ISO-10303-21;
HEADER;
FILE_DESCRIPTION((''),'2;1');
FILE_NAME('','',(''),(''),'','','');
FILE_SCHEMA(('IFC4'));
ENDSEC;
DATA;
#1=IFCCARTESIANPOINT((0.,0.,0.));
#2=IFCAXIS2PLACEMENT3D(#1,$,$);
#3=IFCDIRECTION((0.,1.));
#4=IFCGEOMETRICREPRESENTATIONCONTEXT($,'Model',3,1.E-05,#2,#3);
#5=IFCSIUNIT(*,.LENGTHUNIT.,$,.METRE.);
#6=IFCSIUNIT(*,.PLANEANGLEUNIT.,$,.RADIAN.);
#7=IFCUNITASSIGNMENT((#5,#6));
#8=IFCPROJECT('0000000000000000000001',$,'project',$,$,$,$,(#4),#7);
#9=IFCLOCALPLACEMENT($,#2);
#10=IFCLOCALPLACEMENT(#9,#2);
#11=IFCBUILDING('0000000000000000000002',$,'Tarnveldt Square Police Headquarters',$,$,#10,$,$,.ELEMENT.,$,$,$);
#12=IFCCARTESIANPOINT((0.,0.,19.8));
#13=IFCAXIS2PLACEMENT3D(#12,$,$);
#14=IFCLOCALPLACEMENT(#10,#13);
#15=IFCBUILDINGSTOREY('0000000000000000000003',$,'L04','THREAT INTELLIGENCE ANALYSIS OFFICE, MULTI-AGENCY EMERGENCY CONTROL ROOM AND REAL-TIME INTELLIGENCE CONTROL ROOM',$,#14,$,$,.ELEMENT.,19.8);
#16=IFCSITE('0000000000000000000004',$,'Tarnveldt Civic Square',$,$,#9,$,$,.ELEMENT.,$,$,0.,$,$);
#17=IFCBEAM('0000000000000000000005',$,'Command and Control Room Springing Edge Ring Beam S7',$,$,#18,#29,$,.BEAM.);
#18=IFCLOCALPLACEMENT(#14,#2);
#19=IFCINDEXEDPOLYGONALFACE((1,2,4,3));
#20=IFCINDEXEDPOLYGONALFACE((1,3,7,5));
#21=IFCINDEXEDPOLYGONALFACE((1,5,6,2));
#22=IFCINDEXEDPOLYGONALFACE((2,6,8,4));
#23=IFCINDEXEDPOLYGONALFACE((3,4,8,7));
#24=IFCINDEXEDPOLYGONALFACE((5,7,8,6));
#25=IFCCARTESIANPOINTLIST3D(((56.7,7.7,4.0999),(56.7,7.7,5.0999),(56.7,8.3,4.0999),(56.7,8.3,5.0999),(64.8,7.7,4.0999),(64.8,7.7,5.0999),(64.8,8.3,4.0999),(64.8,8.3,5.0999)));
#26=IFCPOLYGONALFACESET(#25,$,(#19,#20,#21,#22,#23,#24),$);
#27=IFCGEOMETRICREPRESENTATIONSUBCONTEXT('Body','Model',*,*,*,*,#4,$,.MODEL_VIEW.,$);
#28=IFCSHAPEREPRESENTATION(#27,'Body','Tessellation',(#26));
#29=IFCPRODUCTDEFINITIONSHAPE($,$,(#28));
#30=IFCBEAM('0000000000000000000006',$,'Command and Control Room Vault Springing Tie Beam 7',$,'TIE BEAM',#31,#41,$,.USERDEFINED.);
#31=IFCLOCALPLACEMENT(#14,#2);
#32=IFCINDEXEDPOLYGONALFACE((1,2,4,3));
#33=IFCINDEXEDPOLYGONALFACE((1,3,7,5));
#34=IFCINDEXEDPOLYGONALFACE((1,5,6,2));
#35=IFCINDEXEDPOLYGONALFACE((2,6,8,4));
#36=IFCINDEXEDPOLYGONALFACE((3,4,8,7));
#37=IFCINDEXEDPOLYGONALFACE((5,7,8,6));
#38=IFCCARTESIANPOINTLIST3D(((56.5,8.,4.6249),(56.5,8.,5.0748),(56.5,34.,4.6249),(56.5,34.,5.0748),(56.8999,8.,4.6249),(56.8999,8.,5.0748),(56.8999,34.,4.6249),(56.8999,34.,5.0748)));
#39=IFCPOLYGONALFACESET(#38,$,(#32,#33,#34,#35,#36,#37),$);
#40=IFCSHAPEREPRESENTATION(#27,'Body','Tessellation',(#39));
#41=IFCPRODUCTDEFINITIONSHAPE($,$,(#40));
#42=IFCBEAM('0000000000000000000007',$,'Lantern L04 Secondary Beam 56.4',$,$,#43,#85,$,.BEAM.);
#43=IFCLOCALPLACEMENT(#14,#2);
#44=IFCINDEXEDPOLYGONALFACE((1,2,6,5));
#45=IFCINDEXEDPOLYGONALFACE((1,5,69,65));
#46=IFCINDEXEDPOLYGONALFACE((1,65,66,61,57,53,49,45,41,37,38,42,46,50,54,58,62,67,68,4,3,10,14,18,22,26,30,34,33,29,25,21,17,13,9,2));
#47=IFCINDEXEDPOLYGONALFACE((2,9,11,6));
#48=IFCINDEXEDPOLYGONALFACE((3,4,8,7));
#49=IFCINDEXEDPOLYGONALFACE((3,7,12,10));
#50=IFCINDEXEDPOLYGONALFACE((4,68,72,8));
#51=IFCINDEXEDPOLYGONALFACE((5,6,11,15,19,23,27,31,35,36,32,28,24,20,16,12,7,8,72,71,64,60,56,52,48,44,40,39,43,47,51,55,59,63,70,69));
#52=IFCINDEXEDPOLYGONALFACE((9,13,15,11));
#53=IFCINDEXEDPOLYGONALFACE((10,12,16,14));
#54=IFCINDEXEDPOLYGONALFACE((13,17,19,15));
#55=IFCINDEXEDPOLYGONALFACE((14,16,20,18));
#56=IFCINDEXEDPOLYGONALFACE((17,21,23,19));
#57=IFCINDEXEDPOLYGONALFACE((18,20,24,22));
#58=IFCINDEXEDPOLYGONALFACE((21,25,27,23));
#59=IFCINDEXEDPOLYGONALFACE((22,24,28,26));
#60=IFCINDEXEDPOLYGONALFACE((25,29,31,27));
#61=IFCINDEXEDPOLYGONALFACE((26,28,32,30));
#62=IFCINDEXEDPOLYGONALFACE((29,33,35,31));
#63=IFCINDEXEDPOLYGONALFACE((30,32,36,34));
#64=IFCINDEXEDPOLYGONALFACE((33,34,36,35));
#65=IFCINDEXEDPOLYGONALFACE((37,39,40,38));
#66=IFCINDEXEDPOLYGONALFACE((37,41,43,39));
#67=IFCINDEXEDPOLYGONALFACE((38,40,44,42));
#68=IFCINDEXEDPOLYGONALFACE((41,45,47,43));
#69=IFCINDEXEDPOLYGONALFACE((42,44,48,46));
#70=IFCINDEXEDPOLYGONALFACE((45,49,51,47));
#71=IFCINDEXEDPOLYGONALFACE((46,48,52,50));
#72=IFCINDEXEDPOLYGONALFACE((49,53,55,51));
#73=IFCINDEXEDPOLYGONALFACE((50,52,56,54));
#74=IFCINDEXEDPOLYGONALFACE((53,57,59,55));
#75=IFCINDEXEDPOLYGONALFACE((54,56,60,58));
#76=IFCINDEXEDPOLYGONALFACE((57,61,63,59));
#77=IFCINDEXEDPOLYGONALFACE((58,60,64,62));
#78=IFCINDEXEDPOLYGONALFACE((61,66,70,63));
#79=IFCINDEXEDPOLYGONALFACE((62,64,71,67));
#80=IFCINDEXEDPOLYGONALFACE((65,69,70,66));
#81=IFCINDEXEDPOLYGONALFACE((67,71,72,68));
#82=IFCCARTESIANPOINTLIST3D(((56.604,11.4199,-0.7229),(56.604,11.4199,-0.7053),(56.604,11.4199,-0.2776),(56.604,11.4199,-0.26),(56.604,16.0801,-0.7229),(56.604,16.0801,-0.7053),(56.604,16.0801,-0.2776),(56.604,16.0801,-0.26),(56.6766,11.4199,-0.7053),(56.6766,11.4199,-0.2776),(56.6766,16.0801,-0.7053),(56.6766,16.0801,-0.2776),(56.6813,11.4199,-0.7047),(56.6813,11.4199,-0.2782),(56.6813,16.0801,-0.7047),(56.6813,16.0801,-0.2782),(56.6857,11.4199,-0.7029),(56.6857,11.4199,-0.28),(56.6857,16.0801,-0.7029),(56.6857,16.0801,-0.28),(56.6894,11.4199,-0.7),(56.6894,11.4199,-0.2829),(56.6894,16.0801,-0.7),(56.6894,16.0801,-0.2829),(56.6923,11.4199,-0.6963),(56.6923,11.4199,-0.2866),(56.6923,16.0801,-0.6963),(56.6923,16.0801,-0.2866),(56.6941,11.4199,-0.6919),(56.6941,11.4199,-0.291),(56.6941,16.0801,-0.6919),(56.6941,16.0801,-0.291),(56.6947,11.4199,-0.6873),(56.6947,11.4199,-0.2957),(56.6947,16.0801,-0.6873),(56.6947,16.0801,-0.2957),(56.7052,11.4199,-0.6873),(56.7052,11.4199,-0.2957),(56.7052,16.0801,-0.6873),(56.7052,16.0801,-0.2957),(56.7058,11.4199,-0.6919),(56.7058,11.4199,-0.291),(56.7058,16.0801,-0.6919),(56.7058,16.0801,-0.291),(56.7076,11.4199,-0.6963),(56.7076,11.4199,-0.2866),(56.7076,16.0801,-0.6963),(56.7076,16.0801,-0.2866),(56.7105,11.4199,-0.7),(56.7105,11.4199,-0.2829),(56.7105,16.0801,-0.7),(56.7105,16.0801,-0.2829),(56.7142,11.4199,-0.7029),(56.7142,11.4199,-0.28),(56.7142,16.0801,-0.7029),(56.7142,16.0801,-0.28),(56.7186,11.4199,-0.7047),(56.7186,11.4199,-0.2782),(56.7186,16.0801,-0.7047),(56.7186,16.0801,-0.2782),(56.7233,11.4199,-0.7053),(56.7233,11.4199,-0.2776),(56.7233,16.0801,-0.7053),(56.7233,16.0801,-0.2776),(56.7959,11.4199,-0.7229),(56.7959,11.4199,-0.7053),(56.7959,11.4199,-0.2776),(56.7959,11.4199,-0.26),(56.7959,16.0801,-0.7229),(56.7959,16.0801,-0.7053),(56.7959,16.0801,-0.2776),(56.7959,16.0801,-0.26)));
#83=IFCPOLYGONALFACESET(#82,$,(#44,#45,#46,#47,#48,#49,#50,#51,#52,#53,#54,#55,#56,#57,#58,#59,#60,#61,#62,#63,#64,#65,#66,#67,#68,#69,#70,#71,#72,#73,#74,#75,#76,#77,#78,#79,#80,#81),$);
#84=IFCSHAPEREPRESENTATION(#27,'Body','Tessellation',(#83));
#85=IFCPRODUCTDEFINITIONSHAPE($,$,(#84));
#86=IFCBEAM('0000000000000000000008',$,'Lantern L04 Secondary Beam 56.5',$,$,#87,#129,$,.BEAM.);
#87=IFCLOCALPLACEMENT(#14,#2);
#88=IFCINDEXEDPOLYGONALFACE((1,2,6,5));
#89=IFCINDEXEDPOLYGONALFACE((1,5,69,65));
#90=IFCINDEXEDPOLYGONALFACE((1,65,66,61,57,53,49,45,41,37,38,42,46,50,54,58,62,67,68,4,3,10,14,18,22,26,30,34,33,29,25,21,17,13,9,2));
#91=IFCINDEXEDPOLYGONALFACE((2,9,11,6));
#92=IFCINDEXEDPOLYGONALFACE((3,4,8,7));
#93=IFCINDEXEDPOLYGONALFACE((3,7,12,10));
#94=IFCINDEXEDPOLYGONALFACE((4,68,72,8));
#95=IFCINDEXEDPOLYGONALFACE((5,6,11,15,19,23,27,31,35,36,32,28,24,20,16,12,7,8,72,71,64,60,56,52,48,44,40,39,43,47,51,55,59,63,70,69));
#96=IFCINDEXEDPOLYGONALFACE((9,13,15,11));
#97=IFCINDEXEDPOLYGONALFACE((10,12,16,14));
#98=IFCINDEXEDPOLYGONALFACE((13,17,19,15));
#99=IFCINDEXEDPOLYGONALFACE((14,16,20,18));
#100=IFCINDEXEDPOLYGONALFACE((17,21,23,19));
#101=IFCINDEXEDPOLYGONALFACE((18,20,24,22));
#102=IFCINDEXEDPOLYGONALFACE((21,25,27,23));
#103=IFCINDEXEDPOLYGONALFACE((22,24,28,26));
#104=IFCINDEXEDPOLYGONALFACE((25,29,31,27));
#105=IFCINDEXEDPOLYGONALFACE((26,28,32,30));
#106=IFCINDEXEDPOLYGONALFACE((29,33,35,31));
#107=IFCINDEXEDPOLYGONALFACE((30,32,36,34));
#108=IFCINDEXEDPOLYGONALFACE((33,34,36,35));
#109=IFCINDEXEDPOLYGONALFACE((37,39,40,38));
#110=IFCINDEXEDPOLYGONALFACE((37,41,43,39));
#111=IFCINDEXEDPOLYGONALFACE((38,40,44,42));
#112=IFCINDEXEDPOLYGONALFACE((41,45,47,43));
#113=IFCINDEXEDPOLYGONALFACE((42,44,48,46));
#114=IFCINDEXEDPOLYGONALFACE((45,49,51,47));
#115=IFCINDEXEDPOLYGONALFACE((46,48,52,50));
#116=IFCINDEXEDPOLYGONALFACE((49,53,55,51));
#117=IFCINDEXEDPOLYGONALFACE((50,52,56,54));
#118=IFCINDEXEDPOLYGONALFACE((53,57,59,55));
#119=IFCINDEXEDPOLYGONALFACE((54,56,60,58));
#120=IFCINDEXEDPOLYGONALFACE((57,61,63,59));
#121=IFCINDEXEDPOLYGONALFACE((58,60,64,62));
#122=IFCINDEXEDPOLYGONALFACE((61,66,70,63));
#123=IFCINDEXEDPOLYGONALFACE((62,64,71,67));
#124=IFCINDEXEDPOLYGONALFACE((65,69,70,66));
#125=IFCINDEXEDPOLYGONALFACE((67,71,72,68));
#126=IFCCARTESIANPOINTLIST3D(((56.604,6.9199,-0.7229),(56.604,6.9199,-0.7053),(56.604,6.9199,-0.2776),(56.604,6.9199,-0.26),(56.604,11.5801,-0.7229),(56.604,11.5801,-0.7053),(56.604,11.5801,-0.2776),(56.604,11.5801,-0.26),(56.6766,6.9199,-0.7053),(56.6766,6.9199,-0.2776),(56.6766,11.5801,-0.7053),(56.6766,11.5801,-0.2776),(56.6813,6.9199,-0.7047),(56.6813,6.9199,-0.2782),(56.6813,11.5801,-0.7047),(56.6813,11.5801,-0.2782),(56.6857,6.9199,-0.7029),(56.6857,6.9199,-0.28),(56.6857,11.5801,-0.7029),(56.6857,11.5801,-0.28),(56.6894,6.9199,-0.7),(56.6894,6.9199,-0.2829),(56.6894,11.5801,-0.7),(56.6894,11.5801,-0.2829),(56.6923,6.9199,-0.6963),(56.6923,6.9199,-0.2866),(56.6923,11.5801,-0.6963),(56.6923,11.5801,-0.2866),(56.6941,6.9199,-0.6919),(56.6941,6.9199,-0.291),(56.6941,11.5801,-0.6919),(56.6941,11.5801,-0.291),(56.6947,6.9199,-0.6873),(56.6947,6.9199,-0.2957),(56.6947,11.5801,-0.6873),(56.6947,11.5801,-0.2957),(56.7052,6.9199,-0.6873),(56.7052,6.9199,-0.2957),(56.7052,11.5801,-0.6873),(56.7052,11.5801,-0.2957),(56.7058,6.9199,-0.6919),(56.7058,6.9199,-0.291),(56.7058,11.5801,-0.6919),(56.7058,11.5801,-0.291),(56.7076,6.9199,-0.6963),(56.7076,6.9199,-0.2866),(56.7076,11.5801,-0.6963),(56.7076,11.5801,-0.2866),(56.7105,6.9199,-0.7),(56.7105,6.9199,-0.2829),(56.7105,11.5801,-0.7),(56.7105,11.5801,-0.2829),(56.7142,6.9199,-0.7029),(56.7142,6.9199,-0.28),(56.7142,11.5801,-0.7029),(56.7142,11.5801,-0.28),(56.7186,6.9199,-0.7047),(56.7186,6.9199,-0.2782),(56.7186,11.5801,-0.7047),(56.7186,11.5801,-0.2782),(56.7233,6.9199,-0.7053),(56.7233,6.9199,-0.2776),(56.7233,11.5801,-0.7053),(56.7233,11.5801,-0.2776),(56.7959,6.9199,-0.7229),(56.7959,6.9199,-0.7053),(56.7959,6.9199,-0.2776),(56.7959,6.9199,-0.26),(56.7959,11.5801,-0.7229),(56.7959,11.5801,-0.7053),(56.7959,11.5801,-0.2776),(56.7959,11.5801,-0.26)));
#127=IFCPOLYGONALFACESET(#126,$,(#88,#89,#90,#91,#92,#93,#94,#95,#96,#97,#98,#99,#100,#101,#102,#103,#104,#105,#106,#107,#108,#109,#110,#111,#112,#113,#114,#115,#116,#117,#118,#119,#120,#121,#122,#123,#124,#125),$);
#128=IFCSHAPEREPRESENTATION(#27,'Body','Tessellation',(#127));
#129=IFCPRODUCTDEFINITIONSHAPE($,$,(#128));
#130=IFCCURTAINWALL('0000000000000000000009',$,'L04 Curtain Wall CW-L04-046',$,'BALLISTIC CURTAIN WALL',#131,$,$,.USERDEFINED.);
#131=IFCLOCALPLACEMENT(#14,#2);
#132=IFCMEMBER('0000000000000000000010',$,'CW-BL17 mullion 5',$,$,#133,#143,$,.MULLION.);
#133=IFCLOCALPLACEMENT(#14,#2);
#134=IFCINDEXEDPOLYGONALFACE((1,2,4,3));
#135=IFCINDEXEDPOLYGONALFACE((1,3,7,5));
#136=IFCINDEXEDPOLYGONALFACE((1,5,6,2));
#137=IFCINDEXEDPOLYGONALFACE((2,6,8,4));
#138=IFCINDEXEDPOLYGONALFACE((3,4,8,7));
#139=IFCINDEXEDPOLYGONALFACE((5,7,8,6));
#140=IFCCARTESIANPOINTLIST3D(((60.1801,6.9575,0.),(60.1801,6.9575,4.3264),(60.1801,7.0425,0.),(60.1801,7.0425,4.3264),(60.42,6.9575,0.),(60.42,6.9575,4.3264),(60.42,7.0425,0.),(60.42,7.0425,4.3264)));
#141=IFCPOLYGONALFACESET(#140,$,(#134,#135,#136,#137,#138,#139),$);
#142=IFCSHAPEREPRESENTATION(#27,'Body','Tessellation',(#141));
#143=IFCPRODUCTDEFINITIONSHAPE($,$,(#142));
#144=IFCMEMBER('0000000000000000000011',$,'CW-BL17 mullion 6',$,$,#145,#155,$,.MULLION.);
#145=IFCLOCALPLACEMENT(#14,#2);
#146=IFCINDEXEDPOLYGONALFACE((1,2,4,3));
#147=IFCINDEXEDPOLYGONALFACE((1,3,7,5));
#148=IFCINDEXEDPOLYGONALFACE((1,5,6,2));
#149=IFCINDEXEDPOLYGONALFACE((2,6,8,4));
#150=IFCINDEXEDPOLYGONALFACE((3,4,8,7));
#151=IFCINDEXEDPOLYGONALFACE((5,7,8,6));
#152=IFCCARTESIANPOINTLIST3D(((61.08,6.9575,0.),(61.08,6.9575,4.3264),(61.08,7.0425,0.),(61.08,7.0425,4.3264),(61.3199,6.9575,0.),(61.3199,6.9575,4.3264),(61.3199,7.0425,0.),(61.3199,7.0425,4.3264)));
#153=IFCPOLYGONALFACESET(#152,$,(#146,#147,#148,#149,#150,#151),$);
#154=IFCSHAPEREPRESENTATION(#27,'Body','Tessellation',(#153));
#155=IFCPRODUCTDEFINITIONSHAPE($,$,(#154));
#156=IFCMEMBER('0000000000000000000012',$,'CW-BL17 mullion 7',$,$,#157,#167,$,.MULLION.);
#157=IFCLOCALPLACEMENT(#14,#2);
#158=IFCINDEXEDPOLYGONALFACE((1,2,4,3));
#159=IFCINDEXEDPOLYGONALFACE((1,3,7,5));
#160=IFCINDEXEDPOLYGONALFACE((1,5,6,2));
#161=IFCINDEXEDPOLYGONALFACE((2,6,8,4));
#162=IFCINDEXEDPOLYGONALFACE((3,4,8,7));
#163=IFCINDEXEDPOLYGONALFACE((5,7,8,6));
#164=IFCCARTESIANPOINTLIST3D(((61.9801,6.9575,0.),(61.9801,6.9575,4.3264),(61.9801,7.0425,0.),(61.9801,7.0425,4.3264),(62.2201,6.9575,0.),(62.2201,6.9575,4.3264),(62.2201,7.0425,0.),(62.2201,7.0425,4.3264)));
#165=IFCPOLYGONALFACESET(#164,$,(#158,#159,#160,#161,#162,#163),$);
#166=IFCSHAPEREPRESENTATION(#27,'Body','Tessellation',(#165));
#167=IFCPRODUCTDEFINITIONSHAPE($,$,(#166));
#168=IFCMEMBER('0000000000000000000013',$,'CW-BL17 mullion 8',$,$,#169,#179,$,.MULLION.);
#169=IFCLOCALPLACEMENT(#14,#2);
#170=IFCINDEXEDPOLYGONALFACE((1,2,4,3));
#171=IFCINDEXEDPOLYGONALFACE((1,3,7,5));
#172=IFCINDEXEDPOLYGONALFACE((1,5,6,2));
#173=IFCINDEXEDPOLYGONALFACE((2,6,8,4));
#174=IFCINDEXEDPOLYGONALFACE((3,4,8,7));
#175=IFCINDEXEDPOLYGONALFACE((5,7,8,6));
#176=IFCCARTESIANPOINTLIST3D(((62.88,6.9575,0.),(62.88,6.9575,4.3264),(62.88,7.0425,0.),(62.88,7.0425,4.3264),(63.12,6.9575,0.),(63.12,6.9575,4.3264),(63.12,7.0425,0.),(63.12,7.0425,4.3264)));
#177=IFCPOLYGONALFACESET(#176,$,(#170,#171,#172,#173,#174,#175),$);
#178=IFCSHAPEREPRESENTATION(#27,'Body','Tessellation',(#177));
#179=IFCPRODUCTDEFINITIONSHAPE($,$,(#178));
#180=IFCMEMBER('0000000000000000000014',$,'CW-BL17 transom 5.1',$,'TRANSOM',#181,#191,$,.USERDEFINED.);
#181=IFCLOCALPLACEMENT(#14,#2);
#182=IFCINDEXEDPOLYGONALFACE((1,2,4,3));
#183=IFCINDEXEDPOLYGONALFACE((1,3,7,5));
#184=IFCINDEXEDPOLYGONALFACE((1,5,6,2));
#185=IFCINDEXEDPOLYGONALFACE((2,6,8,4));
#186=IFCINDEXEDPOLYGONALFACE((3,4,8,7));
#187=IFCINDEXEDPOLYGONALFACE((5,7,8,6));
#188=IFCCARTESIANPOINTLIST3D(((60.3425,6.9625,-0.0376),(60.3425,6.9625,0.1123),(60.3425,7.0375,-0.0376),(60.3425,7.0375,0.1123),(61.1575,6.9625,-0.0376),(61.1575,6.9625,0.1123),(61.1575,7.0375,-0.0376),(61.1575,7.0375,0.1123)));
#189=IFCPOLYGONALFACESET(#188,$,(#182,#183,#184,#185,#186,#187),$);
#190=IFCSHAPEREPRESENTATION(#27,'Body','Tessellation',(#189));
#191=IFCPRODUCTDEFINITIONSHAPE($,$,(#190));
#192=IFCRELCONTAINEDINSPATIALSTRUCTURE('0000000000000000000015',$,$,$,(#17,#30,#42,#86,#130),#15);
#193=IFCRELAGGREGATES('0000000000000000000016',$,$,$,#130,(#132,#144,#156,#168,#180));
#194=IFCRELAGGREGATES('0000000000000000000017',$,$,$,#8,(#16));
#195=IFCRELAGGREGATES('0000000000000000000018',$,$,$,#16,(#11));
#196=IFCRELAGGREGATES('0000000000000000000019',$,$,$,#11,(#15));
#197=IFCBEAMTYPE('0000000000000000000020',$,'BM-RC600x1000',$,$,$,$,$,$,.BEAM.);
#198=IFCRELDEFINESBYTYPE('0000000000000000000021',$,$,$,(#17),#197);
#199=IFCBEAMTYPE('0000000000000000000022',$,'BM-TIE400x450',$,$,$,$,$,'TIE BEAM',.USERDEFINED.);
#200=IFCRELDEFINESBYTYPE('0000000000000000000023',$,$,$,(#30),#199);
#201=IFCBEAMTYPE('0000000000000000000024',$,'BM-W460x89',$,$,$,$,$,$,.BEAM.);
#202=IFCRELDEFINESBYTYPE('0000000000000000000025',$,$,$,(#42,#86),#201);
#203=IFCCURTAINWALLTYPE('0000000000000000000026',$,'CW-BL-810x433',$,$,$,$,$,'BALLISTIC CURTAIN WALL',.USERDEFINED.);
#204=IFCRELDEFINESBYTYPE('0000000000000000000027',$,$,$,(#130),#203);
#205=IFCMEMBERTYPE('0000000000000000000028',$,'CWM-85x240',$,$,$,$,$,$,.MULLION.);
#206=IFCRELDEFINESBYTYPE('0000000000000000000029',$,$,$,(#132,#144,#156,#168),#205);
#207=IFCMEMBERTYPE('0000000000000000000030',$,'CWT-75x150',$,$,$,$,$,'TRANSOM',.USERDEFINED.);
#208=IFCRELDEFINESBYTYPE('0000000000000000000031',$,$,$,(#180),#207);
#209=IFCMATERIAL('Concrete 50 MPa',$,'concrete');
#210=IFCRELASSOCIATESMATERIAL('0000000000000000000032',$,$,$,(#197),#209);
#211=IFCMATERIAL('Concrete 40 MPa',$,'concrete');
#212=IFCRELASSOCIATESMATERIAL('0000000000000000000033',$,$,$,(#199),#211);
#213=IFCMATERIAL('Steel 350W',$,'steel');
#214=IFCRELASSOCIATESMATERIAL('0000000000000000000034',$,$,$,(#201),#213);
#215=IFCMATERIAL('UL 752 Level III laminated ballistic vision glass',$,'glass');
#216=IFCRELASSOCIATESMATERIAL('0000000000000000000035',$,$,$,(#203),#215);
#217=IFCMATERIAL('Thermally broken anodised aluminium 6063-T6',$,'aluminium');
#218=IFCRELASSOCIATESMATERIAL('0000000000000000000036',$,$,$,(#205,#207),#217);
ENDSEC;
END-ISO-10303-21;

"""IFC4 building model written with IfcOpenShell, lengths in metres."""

from ifc_helpers import new_model, si_unit, direction, frame, origin, origin_2d, place, context, subcontext, project, spatial, rectangle, i_section, extrude, material, material_profile, profile_set, type_object, element, aggregate, save


model = new_model("IFC4")

# Units and contexts
model_context = context("Model", 3, precision=1e-05, world=origin(), true_north=direction((0.0, 1.0)))
body_context = subcontext(model_context, "Body", "Model", "MODEL_VIEW")
ifc_project = project(units=[si_unit("LENGTHUNIT", "METRE"), si_unit("PLANEANGLEUNIT", "RADIAN")], contexts=[model_context])

# Site, building, storey
site_placement = place(None, origin())
site = spatial("IfcSite", under=ifc_project, at=site_placement, Name="Tarnveldt Civic Square", CompositionType="ELEMENT", RefElevation=0.0)
building_placement = place(site_placement, origin())
building = spatial("IfcBuilding", under=site, at=building_placement, Name="Tarnveldt Square Police Headquarters", CompositionType="ELEMENT")
storey_placement = place(building_placement, frame((0.0, 0.0, 19.8)))
storey = spatial("IfcBuildingStorey", under=building, at=storey_placement, Name="L04", Description="THREAT INTELLIGENCE ANALYSIS OFFICE, MULTI-AGENCY EMERGENCY CONTROL ROOM AND REAL-TIME INTELLIGENCE CONTROL ROOM", CompositionType="ELEMENT", Elevation=19.8)

# Beams
ifc_material_1 = material(Name="Concrete 50 MPa", Category="concrete")
ifc_material_profile_1 = material_profile(ifc_material_1, rectangle(XDim=0.6001, YDim=1.0, at=origin_2d()), Name="RC-B600x1000")
ifc_profile_set_1 = profile_set([ifc_material_profile_1], Name="Concrete 50 MPa")
beam_type_1 = type_object("IfcBeamType", Name="BM-RC600x1000", PredefinedType="BEAM", material=ifc_profile_set_1)
beam_1_placement = place(storey_placement, frame((56.7, 8.0, 4.5999), z_axis=(1.0, 0.0, 0.0), x_axis=(0.0, 1.0, 0.0)))
element("IfcBeam", 1, at=beam_1_placement, inside=storey, type_object=beam_type_1, Name="Command and Control Room Springing Edge Ring Beam S7", PredefinedType="BEAM", context=body_context, shape_type="SweptSolid", body=[
    extrude(rectangle(XDim=0.6001, YDim=1.0, at=origin_2d()), origin(), (0.0, 0.0, 1.0), 8.1001),
])
ifc_material_2 = material(Name="Concrete 40 MPa", Category="concrete")
ifc_material_profile_2 = material_profile(ifc_material_2, rectangle(XDim=0.3999, YDim=0.45, at=origin_2d()), Name="RC-TIE400x450")
ifc_profile_set_2 = profile_set([ifc_material_profile_2], Name="Concrete 40 MPa")
beam_type_2 = type_object("IfcBeamType", Name="BM-TIE400x450", ElementType="TIE BEAM", PredefinedType="USERDEFINED", material=ifc_profile_set_2)
beam_2_placement = place(storey_placement, frame((56.7, 8.0, 4.8499), z_axis=(0.0, 1.0, 0.0), x_axis=(-1.0, 0.0, 0.0)))
element("IfcBeam", 2, at=beam_2_placement, inside=storey, type_object=beam_type_2, Name="Command and Control Room Vault Springing Tie Beam 7", ObjectType="TIE BEAM", PredefinedType="USERDEFINED", context=body_context, shape_type="SweptSolid", body=[
    extrude(rectangle(XDim=0.3999, YDim=0.45, at=origin_2d()), origin(), (0.0, 0.0, 1.0), 26.0),
])
ifc_material_3 = material(Name="Steel 350W", Category="steel")
ifc_material_profile_3 = material_profile(ifc_material_3, i_section(OverallWidth=0.1919, OverallDepth=0.4629, WebThickness=0.0105, FlangeThickness=0.0176, FilletRadius=0.0181, at=origin_2d()), Name="W460x89")
ifc_profile_set_3 = profile_set([ifc_material_profile_3], Name="Steel 350W")
beam_type_3 = type_object("IfcBeamType", Name="BM-W460x89", PredefinedType="BEAM", material=ifc_profile_set_3)
for number, where, z_axis, x_axis, name in (
    (3, (56.7, 16.0801, -0.4915), (0.0, -1.0, 0.0), (1.0, 0.0, 0.0), "Lantern L04 Secondary Beam 56.4"),
    (4, (56.7, 11.5801, -0.4915), (0.0, -1.0, 0.0), (1.0, 0.0, 0.0), "Lantern L04 Secondary Beam 56.5"),
):
    element("IfcBeam", number, at=place(storey_placement, frame(where, z_axis=z_axis, x_axis=x_axis)), inside=storey, type_object=beam_type_3, Name=name, PredefinedType="BEAM", context=body_context, shape_type="SweptSolid", body=[
        extrude(i_section(OverallWidth=0.1919, OverallDepth=0.4629, WebThickness=0.0105, FlangeThickness=0.0176, FilletRadius=0.0181, at=origin_2d()), origin(), (0.0, 0.0, 1.0), 4.6602),
    ])

# Curtain wall, members
ifc_material_4 = material(Name="UL 752 Level III laminated ballistic vision glass", Category="glass")
curtain_wall_type = type_object("IfcCurtainWallType", Name="CW-BL-810x433", ElementType="BALLISTIC CURTAIN WALL", PredefinedType="USERDEFINED", material=ifc_material_4)
curtain_wall_placement = place(storey_placement, origin())
curtain_wall = element("IfcCurtainWall", 5, at=curtain_wall_placement, inside=storey, type_object=curtain_wall_type, Name="L04 Curtain Wall CW-L04-046", ObjectType="BALLISTIC CURTAIN WALL", PredefinedType="USERDEFINED")
ifc_material_5 = material(Name="Thermally broken anodised aluminium 6063-T6", Category="aluminium")
ifc_material_profile_4 = material_profile(ifc_material_5, rectangle(XDim=0.085, YDim=0.24, at=origin_2d()), Name="CW-M85x240")
ifc_profile_set_4 = profile_set([ifc_material_profile_4], Name="Thermally broken anodised aluminium 6063-T6")
member_type_1 = type_object("IfcMemberType", Name="CWM-85x240", PredefinedType="MULLION", material=ifc_profile_set_4)
member_1_placement = place(storey_placement, frame((60.3, 7.0, 0.0), z_axis=(0.0, 0.0, 1.0), x_axis=(0.0, 1.0, 0.0)))
member_1 = element("IfcMember", 6, at=member_1_placement, type_object=member_type_1, Name="CW-BL17 mullion 5", PredefinedType="MULLION", context=body_context, shape_type="SweptSolid", body=[
    extrude(rectangle(XDim=0.085, YDim=0.24, at=origin_2d()), origin(), (0.0, 0.0, 1.0), 4.3264),
])
member_2_placement = place(storey_placement, frame((61.2, 7.0, 0.0), z_axis=(0.0, 0.0, 1.0), x_axis=(0.0, 1.0, 0.0)))
member_2 = element("IfcMember", 7, at=member_2_placement, type_object=member_type_1, Name="CW-BL17 mullion 6", PredefinedType="MULLION", context=body_context, shape_type="SweptSolid", body=[
    extrude(rectangle(XDim=0.085, YDim=0.24, at=origin_2d()), origin(), (0.0, 0.0, 1.0), 4.3264),
])
member_3_placement = place(storey_placement, frame((62.1001, 7.0, 0.0), z_axis=(0.0, 0.0, 1.0), x_axis=(0.0, 1.0, 0.0)))
member_3 = element("IfcMember", 8, at=member_3_placement, type_object=member_type_1, Name="CW-BL17 mullion 7", PredefinedType="MULLION", context=body_context, shape_type="SweptSolid", body=[
    extrude(rectangle(XDim=0.085, YDim=0.24, at=origin_2d()), origin(), (0.0, 0.0, 1.0), 4.3264),
])
member_4_placement = place(storey_placement, frame((63.0, 7.0, 0.0), z_axis=(0.0, 0.0, 1.0), x_axis=(0.0, 1.0, 0.0)))
member_4 = element("IfcMember", 9, at=member_4_placement, type_object=member_type_1, Name="CW-BL17 mullion 8", PredefinedType="MULLION", context=body_context, shape_type="SweptSolid", body=[
    extrude(rectangle(XDim=0.085, YDim=0.24, at=origin_2d()), origin(), (0.0, 0.0, 1.0), 4.3264),
])
ifc_material_profile_5 = material_profile(ifc_material_5, rectangle(XDim=0.075, YDim=0.1499, at=origin_2d()), Name="CW-T75x150")
ifc_profile_set_5 = profile_set([ifc_material_profile_5], Name="Thermally broken anodised aluminium 6063-T6")
member_type_2 = type_object("IfcMemberType", Name="CWT-75x150", ElementType="TRANSOM", PredefinedType="USERDEFINED", material=ifc_profile_set_5)
member_5_placement = place(storey_placement, frame((60.3425, 7.0, 0.0374), z_axis=(1.0, 0.0, 0.0), x_axis=(0.0, 1.0, 0.0)))
member_5 = element("IfcMember", 10, at=member_5_placement, type_object=member_type_2, Name="CW-BL17 transom 5.1", ObjectType="TRANSOM", PredefinedType="USERDEFINED", context=body_context, shape_type="SweptSolid", body=[
    extrude(rectangle(XDim=0.075, YDim=0.1499, at=origin_2d()), origin(), (0.0, 0.0, 1.0), 0.8149),
])
aggregate(curtain_wall, [member_1, member_2, member_3, member_4, member_5])

save(model, "model.ifc")
